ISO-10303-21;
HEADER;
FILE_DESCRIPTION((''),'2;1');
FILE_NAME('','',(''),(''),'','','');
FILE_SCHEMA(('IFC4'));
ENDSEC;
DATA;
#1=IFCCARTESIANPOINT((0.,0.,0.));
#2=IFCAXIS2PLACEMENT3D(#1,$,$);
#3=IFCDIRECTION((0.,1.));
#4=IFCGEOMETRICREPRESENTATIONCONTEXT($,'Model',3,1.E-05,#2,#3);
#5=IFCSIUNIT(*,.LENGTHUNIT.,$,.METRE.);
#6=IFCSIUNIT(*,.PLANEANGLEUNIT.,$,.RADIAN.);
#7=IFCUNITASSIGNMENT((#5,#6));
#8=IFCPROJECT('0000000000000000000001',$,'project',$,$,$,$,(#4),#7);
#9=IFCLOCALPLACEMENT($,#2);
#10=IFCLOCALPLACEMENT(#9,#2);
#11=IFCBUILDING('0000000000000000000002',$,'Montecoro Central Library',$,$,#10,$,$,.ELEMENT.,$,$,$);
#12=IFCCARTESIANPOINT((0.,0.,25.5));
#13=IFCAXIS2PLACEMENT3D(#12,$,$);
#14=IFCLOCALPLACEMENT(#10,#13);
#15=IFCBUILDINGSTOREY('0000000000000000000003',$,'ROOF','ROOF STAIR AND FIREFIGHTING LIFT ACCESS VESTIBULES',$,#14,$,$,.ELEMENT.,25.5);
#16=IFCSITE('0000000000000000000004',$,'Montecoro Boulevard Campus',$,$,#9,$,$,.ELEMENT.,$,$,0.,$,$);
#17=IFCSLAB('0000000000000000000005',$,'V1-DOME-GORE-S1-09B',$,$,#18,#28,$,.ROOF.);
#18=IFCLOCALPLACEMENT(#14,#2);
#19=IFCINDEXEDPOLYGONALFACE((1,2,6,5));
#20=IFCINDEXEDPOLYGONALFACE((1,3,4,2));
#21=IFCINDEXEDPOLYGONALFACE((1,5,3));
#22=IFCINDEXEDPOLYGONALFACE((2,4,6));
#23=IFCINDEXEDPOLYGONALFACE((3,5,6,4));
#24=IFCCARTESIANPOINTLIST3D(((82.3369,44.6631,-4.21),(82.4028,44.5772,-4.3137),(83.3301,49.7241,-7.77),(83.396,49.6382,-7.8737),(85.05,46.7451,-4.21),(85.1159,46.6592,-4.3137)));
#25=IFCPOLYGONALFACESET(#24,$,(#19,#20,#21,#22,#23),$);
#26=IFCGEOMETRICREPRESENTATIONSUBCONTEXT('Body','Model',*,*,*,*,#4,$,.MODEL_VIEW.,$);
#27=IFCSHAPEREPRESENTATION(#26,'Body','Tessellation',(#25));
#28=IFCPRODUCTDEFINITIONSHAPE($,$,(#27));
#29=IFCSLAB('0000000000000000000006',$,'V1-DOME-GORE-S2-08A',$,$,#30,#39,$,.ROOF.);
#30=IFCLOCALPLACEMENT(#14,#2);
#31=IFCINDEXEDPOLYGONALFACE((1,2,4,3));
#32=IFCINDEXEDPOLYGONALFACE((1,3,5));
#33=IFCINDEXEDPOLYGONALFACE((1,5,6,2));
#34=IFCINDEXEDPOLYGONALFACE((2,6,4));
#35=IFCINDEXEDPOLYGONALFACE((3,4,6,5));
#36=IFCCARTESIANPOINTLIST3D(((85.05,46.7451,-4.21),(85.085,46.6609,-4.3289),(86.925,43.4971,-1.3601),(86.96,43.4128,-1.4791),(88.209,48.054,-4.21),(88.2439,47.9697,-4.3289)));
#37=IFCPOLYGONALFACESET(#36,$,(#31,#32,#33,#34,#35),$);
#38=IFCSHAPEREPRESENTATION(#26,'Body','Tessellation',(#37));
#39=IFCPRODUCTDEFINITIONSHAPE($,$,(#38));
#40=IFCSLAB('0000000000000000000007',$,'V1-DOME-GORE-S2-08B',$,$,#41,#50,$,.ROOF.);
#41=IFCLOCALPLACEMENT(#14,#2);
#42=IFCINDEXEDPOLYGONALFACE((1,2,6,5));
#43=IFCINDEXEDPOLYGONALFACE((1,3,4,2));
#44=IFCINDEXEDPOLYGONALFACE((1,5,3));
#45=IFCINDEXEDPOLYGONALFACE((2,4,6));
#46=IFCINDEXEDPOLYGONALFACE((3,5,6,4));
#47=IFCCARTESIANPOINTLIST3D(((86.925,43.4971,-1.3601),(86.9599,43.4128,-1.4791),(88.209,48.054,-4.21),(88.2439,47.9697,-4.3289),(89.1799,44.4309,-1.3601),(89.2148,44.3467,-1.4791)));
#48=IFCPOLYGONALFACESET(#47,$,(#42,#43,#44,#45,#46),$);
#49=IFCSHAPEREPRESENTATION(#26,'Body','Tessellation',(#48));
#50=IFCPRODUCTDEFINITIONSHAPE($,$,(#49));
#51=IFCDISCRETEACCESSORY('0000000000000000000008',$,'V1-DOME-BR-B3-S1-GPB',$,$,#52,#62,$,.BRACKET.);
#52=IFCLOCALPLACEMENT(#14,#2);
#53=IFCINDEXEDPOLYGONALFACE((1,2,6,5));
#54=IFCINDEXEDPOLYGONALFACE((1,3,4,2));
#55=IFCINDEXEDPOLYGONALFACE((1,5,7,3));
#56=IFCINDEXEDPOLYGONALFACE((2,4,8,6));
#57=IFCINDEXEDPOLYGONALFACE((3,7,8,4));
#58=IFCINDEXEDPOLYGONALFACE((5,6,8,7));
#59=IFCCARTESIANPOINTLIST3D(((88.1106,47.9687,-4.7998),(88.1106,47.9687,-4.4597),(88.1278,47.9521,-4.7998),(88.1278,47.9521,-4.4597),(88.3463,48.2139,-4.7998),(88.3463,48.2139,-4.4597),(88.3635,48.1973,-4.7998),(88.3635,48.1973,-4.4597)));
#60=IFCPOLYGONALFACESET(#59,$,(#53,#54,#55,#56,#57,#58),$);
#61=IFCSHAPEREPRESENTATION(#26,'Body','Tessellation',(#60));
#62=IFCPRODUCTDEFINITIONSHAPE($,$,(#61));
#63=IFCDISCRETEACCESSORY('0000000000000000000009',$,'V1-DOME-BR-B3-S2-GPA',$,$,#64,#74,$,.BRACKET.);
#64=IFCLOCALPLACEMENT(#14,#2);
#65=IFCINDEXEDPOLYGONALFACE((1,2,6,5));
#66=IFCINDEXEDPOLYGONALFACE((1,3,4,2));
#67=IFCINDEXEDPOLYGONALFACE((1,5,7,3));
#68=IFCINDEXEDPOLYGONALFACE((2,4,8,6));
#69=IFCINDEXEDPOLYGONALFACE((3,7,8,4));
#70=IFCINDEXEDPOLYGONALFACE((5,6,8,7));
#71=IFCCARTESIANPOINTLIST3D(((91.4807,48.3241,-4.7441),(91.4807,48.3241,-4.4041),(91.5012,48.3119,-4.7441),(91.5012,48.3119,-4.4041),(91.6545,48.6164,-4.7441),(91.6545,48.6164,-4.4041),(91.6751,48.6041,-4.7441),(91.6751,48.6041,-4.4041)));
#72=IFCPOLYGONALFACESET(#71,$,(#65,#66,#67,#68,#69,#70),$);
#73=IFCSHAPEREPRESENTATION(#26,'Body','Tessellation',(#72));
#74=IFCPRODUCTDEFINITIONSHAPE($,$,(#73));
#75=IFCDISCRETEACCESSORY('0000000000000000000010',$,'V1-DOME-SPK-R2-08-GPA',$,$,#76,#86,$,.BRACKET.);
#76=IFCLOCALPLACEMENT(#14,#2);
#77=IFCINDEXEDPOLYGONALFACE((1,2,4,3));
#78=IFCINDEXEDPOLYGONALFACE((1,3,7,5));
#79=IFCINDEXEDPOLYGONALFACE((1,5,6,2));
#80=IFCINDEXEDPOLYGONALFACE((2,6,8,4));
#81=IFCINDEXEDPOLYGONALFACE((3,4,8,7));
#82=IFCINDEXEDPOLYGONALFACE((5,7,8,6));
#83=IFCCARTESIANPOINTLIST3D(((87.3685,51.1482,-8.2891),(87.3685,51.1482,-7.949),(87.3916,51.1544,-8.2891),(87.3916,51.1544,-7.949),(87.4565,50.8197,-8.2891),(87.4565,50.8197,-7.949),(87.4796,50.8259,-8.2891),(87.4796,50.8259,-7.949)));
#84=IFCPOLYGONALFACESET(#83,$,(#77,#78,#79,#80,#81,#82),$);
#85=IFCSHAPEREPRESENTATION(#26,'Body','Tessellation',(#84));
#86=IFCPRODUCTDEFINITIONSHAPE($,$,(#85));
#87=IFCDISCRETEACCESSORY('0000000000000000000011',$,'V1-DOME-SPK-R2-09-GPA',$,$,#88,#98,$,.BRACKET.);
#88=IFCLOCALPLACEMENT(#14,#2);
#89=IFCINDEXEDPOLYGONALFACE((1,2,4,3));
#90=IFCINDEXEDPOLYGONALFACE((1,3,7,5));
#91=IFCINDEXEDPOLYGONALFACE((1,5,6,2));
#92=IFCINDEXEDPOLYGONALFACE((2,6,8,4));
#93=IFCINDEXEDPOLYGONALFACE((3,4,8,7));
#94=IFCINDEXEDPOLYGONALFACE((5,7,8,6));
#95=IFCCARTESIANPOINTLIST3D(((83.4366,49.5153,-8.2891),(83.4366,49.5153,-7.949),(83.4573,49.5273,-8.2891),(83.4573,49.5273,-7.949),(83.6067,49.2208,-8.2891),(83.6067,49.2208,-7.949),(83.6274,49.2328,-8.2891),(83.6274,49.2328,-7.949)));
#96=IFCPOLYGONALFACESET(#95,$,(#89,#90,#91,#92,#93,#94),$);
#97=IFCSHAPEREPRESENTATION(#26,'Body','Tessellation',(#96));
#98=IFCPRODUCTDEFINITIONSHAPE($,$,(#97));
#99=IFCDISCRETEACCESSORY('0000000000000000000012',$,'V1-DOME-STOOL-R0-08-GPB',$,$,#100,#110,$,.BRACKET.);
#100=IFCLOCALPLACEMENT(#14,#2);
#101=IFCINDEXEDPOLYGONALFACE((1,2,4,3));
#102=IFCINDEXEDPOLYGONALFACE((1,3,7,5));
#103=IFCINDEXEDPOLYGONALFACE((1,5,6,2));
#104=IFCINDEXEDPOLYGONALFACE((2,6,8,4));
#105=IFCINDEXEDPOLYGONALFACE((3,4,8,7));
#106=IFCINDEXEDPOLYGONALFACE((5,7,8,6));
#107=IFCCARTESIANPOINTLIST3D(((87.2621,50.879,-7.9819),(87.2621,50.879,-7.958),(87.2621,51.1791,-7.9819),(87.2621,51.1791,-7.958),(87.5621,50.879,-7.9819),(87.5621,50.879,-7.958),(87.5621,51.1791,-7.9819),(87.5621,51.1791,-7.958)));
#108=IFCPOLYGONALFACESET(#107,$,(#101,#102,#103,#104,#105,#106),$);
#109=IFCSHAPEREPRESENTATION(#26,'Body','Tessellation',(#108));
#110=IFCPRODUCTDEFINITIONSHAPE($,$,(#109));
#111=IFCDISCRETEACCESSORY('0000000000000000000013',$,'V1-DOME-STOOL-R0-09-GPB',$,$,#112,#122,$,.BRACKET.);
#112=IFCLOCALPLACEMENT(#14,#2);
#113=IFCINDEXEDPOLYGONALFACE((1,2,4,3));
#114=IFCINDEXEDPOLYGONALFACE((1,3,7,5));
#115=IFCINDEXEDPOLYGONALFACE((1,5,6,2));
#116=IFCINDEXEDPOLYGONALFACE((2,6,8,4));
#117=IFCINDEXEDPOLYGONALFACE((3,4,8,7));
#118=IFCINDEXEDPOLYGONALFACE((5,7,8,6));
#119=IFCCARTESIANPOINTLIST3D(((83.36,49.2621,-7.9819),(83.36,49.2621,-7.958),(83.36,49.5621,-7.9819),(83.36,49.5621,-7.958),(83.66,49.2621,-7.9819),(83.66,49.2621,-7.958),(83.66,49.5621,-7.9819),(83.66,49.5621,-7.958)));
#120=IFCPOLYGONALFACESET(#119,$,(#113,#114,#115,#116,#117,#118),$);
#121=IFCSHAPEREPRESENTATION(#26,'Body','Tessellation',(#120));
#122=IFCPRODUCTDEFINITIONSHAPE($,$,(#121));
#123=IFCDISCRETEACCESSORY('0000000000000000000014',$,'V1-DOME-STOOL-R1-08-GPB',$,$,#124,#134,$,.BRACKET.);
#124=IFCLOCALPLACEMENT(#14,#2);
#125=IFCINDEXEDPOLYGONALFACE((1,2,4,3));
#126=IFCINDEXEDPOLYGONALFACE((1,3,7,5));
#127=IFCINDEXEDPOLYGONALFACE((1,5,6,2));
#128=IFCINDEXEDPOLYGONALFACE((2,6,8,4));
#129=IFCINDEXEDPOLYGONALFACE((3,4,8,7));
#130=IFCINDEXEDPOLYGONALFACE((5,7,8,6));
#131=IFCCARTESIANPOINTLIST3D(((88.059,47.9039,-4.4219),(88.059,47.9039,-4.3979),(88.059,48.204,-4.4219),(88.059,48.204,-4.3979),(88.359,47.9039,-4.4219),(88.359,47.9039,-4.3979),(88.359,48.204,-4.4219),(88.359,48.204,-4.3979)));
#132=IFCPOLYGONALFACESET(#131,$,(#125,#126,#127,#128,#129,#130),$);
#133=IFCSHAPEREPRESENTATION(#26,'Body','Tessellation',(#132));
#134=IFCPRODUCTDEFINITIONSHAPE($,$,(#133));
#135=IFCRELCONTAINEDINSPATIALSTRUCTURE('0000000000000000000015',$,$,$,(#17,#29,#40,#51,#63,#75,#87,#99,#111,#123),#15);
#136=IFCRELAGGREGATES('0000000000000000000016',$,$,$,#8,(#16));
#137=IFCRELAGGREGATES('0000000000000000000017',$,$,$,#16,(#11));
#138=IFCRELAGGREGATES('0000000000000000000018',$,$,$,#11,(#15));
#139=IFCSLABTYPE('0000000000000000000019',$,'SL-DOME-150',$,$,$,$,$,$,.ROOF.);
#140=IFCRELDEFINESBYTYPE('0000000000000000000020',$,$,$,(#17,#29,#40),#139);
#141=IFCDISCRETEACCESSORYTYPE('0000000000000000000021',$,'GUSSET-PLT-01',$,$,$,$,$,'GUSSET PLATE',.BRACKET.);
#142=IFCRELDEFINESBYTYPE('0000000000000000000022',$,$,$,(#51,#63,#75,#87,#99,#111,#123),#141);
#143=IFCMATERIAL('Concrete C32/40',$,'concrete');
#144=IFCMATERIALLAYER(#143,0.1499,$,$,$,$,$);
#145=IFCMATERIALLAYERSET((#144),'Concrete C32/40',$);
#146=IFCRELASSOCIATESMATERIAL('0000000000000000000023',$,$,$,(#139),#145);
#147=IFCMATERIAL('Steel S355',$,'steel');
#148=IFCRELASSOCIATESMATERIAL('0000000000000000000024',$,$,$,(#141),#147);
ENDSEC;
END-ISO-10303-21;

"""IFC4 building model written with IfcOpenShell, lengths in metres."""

from ifc_helpers import new_model, si_unit, direction, frame, origin, origin_2d, place, context, subcontext, project, spatial, polyline, rectangle, outline, extrude, material, layer, layer_set, type_object, element, save


model = new_model("IFC4")

# Units and contexts
model_context = context("Model", 3, precision=1e-05, world=origin(), true_north=direction((0.0, 1.0)))
body_context = subcontext(model_context, "Body", "Model", "MODEL_VIEW")
ifc_project = project(units=[si_unit("LENGTHUNIT", "METRE"), si_unit("PLANEANGLEUNIT", "RADIAN")], contexts=[model_context])

# Site, building, storey
site_placement = place(None, origin())
site = spatial("IfcSite", under=ifc_project, at=site_placement, Name="Montecoro Boulevard Campus", CompositionType="ELEMENT", RefElevation=0.0)
building_placement = place(site_placement, origin())
building = spatial("IfcBuilding", under=site, at=building_placement, Name="Montecoro Central Library", CompositionType="ELEMENT")
storey_placement = place(building_placement, frame((0.0, 0.0, 25.5)))
storey = spatial("IfcBuildingStorey", under=building, at=storey_placement, Name="ROOF", Description="ROOF STAIR AND FIREFIGHTING LIFT ACCESS VESTIBULES", CompositionType="ELEMENT", Elevation=25.5)

# Shared definitions
ifc_material_1 = material(Name="Steel S355", Category="steel")

# Slabs
ifc_material_2 = material(Name="Concrete C32/40", Category="concrete")
ifc_layer = layer(ifc_material_2, 0.1499)
ifc_layer_set = layer_set([ifc_layer], Name="Concrete C32/40")
slab_type = type_object("IfcSlabType", Name="SL-DOME-150", PredefinedType="ROOF", material=ifc_layer_set)
slab_1_placement = place(storey_placement, frame((83.3301, 49.7241, -7.77), z_axis=(-0.43962, 0.572878, 0.691769), x_axis=(-0.158477, -0.807577, 0.56807)))
element("IfcSlab", 1, at=slab_1_placement, inside=storey, type_object=slab_type, Name="V1-DOME-GORE-S1-09B", PredefinedType="ROOF", context=body_context, shape_type="SweptSolid", body=[
    extrude(outline(polyline([(0.0, 0.0), (6.2669, 0.0), (4.1556, 2.6904), (0.0, 0.0)])), origin(), (0.0, 0.0, -1.0), 0.1499),
])
slab_2_placement = place(storey_placement, frame((88.209, 48.054, -4.21), z_axis=(-0.232845, 0.561982, 0.7937), x_axis=(-0.923842, -0.382774, 0.0)))
element("IfcSlab", 2, at=slab_2_placement, inside=storey, type_object=slab_type, Name="V1-DOME-GORE-S2-08A", PredefinedType="ROOF", context=body_context, shape_type="SweptSolid", body=[
    extrude(outline(polyline([(0.0, 0.0), (3.4193, 0.0), (2.9304, 4.6849), (0.0, 0.0)])), origin(), (0.0, 0.0, -1.0), 0.1499),
])
slab_3_placement = place(storey_placement, frame((88.209, 48.054, -4.21), z_axis=(-0.232736, 0.561974, 0.793737), x_axis=(-0.232349, -0.824644, 0.515728)))
element("IfcSlab", 3, at=slab_3_placement, inside=storey, type_object=slab_type, Name="V1-DOME-GORE-S2-08B", PredefinedType="ROOF", context=body_context, shape_type="SweptSolid", body=[
    extrude(outline(polyline([(0.0, 0.0), (5.5259, 0.0), (4.2319, 2.0693), (0.0, 0.0)])), origin(), (0.0, 0.0, -1.0), 0.1499),
])

# Discrete accessories
discrete_accessory_type = type_object("IfcDiscreteAccessoryType", Name="GUSSET-PLT-01", ElementType="GUSSET PLATE", PredefinedType="BRACKET", material=ifc_material_1)
for number, where, z_axis, x_axis, name in (
    (4, (88.2371, 48.083, -4.7998), (0.0, 0.0, 1.0), (-0.69315, -0.720793, 0.0), "V1-DOME-BR-B3-S1-GPB"),
    (5, (91.5779, 48.4641, -4.7441), (0.0, 0.0, 1.0), (-0.511293, -0.859406, 0.0), "V1-DOME-BR-B3-S2-GPA"),
    (6, (87.4241, 50.9871, -8.2891), (0.0, 0.0, 1.0), (0.258819, -0.965926, 0.0), "V1-DOME-SPK-R2-08-GPA"),
    (7, (83.532, 49.374, -8.2891), (0.0, 0.0, 1.0), (0.500151, -0.865938, 0.0), "V1-DOME-SPK-R2-09-GPA"),
):
    element("IfcDiscreteAccessory", number, at=place(storey_placement, frame(where, z_axis=z_axis, x_axis=x_axis)), inside=storey, type_object=discrete_accessory_type, Name=name, PredefinedType="BRACKET", context=body_context, shape_type="SweptSolid", body=[
        extrude(rectangle(XDim=0.3401, YDim=0.0239, at=origin_2d()), origin(), (0.0, 0.0, 1.0), 0.3401),
    ])
for number, where, z_axis, x_axis, name in (
    (8, (87.4121, 51.0291, -7.9819), (0.0, 0.0, 1.0), (1.0, 0.0, 0.0), "V1-DOME-STOOL-R0-08-GPB"),
    (9, (83.51, 49.4121, -7.9819), (0.0, 0.0, 1.0), (1.0, 0.0, 0.0), "V1-DOME-STOOL-R0-09-GPB"),
    (10, (88.209, 48.054, -4.4219), (0.0, 0.0, 1.0), (1.0, 0.0, 0.0), "V1-DOME-STOOL-R1-08-GPB"),
):
    element("IfcDiscreteAccessory", number, at=place(storey_placement, frame(where, z_axis=z_axis, x_axis=x_axis)), inside=storey, type_object=discrete_accessory_type, Name=name, PredefinedType="BRACKET", context=body_context, shape_type="SweptSolid", body=[
        extrude(rectangle(XDim=0.3, YDim=0.3, at=origin_2d()), origin(), (0.0, 0.0, 1.0), 0.0239),
    ])

save(model, "model.ifc")
